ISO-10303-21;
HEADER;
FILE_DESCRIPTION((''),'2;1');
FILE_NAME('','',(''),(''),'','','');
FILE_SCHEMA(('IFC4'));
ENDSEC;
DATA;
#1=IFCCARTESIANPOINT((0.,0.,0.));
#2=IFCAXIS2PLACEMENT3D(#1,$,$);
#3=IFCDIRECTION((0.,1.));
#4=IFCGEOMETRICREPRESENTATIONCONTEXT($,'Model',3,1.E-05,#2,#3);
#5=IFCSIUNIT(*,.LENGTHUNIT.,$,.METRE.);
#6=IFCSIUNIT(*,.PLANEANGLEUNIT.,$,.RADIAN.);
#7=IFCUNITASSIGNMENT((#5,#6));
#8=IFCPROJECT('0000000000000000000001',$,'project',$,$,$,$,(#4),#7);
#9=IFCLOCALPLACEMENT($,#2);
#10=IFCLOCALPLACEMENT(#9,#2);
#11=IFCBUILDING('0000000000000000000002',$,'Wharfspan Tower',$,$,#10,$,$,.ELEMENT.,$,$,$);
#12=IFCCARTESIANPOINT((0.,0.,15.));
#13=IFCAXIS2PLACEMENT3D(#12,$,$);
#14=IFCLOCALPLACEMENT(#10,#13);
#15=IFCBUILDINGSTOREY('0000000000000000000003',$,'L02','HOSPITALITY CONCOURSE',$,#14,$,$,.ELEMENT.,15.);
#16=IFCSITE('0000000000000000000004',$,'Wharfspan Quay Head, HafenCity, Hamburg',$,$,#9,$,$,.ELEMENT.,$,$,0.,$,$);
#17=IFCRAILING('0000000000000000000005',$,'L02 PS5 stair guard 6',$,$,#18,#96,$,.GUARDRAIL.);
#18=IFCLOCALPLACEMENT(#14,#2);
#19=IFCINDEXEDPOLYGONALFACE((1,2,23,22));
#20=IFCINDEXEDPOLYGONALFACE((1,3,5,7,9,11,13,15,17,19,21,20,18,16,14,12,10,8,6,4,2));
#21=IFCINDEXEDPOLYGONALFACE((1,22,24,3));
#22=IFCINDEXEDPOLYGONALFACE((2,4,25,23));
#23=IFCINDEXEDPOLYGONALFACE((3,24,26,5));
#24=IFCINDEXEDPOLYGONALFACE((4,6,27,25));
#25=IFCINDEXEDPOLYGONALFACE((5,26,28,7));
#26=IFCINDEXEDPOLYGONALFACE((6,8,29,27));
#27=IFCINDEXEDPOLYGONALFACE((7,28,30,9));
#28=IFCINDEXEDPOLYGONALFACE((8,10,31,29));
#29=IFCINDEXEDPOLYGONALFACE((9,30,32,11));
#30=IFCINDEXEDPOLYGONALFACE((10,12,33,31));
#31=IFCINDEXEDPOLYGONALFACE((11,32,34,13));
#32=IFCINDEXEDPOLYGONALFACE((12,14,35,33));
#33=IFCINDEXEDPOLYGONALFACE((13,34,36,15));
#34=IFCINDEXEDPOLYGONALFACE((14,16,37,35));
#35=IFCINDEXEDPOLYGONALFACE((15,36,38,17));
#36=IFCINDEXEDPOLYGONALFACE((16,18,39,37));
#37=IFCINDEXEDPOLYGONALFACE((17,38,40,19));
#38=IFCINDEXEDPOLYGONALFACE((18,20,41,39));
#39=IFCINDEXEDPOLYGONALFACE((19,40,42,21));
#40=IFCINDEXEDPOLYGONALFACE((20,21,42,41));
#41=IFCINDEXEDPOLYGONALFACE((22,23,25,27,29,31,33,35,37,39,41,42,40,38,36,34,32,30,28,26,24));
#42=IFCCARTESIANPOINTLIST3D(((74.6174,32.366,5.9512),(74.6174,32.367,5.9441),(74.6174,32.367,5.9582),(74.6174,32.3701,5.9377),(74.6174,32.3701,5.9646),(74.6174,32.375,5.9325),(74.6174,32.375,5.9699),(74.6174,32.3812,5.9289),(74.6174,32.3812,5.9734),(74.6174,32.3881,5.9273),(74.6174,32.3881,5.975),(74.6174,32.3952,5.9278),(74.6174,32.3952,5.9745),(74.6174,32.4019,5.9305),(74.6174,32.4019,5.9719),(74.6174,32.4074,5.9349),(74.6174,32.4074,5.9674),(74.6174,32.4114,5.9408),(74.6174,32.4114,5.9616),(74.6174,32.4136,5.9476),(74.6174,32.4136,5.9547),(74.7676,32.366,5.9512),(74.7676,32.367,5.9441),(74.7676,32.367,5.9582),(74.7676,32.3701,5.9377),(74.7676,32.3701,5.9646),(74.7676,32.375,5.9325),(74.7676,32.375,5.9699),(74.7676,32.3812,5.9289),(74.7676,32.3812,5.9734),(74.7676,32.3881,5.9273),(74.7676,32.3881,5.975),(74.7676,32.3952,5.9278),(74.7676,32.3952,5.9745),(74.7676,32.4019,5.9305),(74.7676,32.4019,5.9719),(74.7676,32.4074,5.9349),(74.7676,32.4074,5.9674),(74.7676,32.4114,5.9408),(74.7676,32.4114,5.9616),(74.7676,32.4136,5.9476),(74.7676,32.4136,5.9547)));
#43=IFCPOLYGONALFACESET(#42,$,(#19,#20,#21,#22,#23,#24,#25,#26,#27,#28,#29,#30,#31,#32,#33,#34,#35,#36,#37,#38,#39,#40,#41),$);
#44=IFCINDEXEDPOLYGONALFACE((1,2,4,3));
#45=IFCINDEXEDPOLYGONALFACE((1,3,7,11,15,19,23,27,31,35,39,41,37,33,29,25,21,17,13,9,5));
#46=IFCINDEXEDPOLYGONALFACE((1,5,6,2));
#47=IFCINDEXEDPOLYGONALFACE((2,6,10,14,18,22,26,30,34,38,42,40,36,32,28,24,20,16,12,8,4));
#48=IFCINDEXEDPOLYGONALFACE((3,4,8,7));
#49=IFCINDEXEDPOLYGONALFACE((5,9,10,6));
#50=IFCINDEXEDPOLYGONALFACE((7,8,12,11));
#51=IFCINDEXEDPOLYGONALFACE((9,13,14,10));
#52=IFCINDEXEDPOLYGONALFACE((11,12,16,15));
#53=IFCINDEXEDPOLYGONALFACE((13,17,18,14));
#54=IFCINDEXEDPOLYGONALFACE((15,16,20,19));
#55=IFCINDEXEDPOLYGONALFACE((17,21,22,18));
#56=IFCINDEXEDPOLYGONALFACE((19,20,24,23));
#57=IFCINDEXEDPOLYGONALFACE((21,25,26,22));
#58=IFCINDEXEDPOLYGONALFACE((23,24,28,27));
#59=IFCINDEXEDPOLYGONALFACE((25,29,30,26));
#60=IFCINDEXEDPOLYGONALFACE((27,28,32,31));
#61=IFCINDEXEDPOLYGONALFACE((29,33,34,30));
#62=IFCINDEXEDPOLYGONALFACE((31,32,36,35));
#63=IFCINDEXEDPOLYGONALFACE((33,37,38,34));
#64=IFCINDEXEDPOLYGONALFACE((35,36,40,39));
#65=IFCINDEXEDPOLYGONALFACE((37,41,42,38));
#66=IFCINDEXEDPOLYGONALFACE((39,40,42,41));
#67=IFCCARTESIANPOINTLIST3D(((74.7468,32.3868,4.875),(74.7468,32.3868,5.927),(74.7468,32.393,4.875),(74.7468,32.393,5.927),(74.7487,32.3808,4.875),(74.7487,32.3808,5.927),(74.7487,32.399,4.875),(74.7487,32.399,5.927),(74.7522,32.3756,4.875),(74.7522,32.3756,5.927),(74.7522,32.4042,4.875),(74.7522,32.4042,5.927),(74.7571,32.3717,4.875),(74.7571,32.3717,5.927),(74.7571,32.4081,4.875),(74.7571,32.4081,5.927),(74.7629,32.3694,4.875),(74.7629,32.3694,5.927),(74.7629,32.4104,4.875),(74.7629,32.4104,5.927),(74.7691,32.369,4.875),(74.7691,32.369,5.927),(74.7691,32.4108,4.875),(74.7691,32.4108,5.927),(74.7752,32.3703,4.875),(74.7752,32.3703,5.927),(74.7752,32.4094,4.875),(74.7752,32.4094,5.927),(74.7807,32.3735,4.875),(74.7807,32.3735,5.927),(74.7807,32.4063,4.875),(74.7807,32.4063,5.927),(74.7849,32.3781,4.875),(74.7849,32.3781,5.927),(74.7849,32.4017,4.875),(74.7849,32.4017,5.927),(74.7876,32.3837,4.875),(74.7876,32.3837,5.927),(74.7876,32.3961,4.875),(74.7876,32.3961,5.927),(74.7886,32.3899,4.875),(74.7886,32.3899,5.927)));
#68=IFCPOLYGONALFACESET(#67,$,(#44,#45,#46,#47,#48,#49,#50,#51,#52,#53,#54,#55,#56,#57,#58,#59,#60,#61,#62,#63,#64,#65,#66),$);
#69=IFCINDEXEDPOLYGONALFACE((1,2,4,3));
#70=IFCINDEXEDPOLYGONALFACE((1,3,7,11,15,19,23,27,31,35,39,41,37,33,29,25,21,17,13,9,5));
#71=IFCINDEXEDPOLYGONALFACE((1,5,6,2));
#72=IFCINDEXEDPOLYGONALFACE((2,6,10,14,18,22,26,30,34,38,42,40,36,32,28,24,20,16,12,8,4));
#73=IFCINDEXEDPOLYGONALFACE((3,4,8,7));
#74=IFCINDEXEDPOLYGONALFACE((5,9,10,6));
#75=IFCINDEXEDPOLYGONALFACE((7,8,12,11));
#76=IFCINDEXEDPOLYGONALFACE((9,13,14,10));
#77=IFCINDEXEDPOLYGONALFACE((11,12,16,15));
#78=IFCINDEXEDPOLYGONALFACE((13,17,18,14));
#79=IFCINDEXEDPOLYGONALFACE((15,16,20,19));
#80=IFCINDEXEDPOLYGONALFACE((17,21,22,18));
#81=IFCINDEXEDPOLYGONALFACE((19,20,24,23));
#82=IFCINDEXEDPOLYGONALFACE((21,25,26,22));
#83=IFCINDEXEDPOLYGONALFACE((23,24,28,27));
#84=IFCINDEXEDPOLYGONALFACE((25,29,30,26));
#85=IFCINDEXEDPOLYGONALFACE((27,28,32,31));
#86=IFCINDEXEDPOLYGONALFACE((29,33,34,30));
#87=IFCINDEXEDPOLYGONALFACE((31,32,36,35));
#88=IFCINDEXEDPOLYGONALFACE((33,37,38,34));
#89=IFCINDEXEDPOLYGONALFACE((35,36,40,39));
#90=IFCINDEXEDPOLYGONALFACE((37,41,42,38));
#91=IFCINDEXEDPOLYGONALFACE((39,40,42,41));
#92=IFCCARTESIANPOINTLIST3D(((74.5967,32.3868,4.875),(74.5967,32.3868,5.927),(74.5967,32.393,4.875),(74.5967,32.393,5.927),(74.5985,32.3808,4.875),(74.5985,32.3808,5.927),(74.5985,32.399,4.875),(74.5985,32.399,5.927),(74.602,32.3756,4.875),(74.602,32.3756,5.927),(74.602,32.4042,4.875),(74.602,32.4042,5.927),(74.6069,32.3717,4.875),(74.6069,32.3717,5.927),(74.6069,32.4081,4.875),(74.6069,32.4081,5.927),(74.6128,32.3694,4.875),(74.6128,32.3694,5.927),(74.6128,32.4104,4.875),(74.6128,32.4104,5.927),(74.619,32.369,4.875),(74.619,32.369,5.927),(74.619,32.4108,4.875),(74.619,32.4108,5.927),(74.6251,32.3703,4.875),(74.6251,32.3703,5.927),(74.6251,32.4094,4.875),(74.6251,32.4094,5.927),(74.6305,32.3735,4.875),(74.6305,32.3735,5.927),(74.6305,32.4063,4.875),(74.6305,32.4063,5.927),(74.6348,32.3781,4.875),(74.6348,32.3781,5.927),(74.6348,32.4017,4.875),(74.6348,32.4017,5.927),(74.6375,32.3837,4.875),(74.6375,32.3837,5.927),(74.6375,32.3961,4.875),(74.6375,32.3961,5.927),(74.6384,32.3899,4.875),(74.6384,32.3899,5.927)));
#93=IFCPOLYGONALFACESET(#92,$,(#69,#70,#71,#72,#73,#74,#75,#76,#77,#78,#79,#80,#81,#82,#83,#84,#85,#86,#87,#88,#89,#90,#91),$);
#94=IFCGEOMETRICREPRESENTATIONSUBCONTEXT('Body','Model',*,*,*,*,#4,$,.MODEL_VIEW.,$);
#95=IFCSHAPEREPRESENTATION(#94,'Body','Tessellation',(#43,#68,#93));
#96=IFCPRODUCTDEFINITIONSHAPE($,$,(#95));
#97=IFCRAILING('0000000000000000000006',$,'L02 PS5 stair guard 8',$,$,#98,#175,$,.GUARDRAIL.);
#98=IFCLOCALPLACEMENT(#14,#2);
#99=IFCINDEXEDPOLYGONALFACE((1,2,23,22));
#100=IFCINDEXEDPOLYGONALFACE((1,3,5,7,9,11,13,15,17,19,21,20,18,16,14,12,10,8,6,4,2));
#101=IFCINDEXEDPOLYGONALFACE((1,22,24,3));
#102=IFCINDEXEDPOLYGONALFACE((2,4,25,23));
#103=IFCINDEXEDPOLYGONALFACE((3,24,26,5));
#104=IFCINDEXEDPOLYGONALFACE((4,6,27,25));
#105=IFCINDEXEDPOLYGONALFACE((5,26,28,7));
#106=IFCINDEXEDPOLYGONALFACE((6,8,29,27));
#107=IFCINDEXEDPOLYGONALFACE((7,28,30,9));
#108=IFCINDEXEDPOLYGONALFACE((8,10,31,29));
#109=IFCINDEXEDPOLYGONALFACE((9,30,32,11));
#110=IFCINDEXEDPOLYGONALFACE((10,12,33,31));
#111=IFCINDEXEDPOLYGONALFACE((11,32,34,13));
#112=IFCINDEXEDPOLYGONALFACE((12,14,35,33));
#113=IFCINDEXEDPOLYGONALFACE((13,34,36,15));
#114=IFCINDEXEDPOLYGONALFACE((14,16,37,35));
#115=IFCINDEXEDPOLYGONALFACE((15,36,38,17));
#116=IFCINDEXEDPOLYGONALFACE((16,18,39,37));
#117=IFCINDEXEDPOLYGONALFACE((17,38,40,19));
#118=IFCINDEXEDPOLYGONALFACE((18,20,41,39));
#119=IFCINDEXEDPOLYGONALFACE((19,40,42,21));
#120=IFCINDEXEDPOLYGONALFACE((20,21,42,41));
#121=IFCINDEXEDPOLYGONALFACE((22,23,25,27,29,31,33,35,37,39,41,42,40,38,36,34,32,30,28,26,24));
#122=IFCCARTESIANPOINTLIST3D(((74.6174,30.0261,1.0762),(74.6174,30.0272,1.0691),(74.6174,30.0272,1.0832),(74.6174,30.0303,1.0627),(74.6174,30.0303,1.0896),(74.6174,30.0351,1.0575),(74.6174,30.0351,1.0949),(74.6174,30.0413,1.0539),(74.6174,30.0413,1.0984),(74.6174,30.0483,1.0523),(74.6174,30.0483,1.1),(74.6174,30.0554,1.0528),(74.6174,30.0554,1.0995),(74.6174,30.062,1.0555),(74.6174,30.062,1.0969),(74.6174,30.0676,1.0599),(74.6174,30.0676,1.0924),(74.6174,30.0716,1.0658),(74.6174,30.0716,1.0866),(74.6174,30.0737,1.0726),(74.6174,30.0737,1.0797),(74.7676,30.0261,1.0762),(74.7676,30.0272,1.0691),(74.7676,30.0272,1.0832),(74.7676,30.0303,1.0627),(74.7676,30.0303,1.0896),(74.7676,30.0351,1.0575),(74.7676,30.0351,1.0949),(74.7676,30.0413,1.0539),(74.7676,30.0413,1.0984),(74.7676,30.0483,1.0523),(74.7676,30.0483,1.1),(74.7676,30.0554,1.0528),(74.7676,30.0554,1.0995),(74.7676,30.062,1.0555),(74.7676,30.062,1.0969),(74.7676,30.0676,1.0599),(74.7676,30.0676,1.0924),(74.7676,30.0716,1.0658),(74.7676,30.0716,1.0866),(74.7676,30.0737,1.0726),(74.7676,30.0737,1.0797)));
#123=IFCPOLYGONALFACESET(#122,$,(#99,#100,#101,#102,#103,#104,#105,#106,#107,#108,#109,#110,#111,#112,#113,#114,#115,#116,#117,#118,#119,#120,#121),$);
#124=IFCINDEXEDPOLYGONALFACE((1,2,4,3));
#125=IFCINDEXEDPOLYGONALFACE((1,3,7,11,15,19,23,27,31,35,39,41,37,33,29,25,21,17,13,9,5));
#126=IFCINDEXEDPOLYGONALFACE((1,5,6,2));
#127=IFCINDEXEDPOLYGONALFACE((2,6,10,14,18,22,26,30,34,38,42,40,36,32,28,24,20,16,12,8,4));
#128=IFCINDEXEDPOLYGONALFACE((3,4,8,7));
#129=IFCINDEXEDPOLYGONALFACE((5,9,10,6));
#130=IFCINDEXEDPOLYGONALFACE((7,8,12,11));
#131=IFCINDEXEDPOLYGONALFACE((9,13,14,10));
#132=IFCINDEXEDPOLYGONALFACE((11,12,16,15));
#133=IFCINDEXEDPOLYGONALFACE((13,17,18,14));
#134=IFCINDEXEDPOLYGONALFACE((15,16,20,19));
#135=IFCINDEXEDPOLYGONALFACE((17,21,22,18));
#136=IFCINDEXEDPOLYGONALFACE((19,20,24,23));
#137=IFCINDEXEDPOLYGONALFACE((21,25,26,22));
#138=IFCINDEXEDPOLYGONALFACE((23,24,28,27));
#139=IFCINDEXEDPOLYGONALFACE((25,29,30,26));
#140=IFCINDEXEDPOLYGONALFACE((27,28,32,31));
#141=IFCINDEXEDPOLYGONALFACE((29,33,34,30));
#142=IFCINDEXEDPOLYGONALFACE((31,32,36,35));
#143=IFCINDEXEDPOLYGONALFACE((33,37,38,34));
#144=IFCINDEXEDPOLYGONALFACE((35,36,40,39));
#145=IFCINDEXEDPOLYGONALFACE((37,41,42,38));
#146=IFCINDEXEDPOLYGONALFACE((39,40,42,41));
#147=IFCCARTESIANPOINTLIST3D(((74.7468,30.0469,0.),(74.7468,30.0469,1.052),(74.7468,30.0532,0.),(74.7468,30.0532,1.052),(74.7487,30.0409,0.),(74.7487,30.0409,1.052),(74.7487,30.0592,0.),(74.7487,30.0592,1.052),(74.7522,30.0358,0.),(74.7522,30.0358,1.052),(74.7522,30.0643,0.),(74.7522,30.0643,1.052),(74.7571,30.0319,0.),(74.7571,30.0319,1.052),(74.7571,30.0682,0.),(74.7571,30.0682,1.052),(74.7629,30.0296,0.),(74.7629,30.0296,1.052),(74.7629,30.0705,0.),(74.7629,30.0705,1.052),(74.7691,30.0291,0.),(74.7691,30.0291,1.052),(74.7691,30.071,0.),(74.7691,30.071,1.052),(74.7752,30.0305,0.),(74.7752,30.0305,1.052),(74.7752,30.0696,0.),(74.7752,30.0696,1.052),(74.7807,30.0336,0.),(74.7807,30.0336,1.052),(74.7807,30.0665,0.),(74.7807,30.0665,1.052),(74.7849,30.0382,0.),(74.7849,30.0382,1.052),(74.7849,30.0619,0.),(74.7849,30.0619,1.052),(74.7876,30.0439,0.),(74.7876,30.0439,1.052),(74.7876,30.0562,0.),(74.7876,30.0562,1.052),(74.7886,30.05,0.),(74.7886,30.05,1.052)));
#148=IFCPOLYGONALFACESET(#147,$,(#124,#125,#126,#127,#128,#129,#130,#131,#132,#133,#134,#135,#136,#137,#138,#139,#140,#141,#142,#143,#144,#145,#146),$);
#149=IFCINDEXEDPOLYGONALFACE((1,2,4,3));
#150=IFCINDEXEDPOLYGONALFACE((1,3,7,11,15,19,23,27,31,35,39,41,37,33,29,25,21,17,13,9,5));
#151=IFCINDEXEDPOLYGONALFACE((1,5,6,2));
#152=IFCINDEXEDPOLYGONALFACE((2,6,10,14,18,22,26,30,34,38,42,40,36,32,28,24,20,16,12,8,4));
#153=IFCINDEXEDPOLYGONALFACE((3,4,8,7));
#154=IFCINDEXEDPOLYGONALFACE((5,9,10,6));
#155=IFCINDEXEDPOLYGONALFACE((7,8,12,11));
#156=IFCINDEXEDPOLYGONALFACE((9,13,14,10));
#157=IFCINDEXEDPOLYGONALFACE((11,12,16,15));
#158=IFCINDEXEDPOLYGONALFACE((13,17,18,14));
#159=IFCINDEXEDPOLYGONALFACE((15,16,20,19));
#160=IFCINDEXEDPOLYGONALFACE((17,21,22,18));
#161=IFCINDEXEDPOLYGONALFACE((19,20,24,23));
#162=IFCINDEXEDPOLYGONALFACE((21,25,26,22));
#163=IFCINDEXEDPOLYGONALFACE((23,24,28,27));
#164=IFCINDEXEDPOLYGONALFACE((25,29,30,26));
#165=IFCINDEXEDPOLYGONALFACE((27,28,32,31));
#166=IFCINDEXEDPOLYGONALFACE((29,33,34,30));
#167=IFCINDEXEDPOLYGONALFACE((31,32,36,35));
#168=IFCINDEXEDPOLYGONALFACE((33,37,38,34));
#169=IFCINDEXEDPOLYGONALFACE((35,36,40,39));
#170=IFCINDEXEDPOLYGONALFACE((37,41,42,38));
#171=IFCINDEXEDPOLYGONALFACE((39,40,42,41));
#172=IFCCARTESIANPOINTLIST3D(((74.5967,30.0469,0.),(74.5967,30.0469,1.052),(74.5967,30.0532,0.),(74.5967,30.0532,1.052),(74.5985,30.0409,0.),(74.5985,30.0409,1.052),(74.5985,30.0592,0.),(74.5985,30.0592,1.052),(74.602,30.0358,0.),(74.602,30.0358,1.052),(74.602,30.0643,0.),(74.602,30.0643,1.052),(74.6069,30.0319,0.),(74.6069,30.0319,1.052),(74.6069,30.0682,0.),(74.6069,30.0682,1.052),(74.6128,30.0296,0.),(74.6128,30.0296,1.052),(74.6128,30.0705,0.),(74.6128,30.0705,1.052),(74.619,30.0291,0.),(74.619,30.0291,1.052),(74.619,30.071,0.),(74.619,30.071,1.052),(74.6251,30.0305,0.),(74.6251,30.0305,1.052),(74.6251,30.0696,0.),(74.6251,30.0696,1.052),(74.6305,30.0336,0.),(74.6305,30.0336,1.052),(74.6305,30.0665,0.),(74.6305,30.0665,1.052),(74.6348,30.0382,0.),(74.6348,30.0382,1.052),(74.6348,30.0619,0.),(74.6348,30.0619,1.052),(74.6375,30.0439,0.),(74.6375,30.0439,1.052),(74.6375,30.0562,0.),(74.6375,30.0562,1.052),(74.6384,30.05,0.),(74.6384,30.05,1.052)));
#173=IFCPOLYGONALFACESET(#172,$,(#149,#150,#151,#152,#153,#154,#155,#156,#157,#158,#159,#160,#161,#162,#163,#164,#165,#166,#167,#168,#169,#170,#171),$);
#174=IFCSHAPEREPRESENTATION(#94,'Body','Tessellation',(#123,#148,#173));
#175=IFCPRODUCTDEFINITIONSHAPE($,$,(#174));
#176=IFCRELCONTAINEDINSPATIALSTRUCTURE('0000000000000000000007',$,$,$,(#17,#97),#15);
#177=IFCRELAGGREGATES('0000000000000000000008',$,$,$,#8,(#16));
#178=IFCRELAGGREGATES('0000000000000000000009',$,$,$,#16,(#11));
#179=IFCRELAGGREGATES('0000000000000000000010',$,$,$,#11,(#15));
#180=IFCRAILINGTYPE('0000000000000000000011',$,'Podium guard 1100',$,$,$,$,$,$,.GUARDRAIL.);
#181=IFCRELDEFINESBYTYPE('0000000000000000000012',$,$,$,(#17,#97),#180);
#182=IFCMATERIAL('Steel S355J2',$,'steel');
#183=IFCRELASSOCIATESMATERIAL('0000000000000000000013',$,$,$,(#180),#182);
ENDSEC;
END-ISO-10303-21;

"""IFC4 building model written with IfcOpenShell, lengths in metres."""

from ifc_helpers import new_model, si_unit, direction, frame, origin, origin_2d, place, context, subcontext, project, spatial, circle, extrude, material, type_object, element, save


model = new_model("IFC4")

# Units and contexts
model_context = context("Model", 3, precision=1e-05, world=origin(), true_north=direction((0.0, 1.0)))
body_context = subcontext(model_context, "Body", "Model", "MODEL_VIEW")
ifc_project = project(units=[si_unit("LENGTHUNIT", "METRE"), si_unit("PLANEANGLEUNIT", "RADIAN")], contexts=[model_context])

# Site, building, storey
site_placement = place(None, origin())
site = spatial("IfcSite", under=ifc_project, at=site_placement, Name="Wharfspan Quay Head, HafenCity, Hamburg", CompositionType="ELEMENT", RefElevation=0.0)
building_placement = place(site_placement, origin())
building = spatial("IfcBuilding", under=site, at=building_placement, Name="Wharfspan Tower", CompositionType="ELEMENT")
storey_placement = place(building_placement, frame((0.0, 0.0, 15.0)))
storey = spatial("IfcBuildingStorey", under=building, at=storey_placement, Name="L02", Description="HOSPITALITY CONCOURSE", CompositionType="ELEMENT", Elevation=15.0)

# Railings
ifc_material_1 = material(Name="Steel S355J2", Category="steel")
railing_type_1 = type_object("IfcRailingType", Name="Podium guard 1100", PredefinedType="GUARDRAIL", material=ifc_material_1)
for number, where, name in (
    (1, (74.7676, 32.3899, 4.875), "L02 PS5 stair guard 6"),
    (2, (74.7676, 30.05, 0.0), "L02 PS5 stair guard 8"),
):
    element("IfcRailing", number, at=place(storey_placement, frame(where)), inside=storey, type_object=railing_type_1, Name=name, PredefinedType="GUARDRAIL", context=body_context, shape_type="SweptSolid", body=[
        extrude(circle(Radius=0.0239, at=origin_2d()), frame((0.0, 0.0, 1.0762), z_axis=(-1.0, 0.0, 0.0), x_axis=(0.0, -1.0, 0.0)), (0.0, 0.0, 1.0), 0.1501),
        extrude(circle(Radius=0.021, at=origin_2d()), origin(), (0.0, 0.0, 1.0), 1.052),
        extrude(circle(Radius=0.021, at=origin_2d()), frame((-0.1501, 0.0, 0.0)), (0.0, 0.0, 1.0), 1.052),
    ])

save(model, "model.ifc")
